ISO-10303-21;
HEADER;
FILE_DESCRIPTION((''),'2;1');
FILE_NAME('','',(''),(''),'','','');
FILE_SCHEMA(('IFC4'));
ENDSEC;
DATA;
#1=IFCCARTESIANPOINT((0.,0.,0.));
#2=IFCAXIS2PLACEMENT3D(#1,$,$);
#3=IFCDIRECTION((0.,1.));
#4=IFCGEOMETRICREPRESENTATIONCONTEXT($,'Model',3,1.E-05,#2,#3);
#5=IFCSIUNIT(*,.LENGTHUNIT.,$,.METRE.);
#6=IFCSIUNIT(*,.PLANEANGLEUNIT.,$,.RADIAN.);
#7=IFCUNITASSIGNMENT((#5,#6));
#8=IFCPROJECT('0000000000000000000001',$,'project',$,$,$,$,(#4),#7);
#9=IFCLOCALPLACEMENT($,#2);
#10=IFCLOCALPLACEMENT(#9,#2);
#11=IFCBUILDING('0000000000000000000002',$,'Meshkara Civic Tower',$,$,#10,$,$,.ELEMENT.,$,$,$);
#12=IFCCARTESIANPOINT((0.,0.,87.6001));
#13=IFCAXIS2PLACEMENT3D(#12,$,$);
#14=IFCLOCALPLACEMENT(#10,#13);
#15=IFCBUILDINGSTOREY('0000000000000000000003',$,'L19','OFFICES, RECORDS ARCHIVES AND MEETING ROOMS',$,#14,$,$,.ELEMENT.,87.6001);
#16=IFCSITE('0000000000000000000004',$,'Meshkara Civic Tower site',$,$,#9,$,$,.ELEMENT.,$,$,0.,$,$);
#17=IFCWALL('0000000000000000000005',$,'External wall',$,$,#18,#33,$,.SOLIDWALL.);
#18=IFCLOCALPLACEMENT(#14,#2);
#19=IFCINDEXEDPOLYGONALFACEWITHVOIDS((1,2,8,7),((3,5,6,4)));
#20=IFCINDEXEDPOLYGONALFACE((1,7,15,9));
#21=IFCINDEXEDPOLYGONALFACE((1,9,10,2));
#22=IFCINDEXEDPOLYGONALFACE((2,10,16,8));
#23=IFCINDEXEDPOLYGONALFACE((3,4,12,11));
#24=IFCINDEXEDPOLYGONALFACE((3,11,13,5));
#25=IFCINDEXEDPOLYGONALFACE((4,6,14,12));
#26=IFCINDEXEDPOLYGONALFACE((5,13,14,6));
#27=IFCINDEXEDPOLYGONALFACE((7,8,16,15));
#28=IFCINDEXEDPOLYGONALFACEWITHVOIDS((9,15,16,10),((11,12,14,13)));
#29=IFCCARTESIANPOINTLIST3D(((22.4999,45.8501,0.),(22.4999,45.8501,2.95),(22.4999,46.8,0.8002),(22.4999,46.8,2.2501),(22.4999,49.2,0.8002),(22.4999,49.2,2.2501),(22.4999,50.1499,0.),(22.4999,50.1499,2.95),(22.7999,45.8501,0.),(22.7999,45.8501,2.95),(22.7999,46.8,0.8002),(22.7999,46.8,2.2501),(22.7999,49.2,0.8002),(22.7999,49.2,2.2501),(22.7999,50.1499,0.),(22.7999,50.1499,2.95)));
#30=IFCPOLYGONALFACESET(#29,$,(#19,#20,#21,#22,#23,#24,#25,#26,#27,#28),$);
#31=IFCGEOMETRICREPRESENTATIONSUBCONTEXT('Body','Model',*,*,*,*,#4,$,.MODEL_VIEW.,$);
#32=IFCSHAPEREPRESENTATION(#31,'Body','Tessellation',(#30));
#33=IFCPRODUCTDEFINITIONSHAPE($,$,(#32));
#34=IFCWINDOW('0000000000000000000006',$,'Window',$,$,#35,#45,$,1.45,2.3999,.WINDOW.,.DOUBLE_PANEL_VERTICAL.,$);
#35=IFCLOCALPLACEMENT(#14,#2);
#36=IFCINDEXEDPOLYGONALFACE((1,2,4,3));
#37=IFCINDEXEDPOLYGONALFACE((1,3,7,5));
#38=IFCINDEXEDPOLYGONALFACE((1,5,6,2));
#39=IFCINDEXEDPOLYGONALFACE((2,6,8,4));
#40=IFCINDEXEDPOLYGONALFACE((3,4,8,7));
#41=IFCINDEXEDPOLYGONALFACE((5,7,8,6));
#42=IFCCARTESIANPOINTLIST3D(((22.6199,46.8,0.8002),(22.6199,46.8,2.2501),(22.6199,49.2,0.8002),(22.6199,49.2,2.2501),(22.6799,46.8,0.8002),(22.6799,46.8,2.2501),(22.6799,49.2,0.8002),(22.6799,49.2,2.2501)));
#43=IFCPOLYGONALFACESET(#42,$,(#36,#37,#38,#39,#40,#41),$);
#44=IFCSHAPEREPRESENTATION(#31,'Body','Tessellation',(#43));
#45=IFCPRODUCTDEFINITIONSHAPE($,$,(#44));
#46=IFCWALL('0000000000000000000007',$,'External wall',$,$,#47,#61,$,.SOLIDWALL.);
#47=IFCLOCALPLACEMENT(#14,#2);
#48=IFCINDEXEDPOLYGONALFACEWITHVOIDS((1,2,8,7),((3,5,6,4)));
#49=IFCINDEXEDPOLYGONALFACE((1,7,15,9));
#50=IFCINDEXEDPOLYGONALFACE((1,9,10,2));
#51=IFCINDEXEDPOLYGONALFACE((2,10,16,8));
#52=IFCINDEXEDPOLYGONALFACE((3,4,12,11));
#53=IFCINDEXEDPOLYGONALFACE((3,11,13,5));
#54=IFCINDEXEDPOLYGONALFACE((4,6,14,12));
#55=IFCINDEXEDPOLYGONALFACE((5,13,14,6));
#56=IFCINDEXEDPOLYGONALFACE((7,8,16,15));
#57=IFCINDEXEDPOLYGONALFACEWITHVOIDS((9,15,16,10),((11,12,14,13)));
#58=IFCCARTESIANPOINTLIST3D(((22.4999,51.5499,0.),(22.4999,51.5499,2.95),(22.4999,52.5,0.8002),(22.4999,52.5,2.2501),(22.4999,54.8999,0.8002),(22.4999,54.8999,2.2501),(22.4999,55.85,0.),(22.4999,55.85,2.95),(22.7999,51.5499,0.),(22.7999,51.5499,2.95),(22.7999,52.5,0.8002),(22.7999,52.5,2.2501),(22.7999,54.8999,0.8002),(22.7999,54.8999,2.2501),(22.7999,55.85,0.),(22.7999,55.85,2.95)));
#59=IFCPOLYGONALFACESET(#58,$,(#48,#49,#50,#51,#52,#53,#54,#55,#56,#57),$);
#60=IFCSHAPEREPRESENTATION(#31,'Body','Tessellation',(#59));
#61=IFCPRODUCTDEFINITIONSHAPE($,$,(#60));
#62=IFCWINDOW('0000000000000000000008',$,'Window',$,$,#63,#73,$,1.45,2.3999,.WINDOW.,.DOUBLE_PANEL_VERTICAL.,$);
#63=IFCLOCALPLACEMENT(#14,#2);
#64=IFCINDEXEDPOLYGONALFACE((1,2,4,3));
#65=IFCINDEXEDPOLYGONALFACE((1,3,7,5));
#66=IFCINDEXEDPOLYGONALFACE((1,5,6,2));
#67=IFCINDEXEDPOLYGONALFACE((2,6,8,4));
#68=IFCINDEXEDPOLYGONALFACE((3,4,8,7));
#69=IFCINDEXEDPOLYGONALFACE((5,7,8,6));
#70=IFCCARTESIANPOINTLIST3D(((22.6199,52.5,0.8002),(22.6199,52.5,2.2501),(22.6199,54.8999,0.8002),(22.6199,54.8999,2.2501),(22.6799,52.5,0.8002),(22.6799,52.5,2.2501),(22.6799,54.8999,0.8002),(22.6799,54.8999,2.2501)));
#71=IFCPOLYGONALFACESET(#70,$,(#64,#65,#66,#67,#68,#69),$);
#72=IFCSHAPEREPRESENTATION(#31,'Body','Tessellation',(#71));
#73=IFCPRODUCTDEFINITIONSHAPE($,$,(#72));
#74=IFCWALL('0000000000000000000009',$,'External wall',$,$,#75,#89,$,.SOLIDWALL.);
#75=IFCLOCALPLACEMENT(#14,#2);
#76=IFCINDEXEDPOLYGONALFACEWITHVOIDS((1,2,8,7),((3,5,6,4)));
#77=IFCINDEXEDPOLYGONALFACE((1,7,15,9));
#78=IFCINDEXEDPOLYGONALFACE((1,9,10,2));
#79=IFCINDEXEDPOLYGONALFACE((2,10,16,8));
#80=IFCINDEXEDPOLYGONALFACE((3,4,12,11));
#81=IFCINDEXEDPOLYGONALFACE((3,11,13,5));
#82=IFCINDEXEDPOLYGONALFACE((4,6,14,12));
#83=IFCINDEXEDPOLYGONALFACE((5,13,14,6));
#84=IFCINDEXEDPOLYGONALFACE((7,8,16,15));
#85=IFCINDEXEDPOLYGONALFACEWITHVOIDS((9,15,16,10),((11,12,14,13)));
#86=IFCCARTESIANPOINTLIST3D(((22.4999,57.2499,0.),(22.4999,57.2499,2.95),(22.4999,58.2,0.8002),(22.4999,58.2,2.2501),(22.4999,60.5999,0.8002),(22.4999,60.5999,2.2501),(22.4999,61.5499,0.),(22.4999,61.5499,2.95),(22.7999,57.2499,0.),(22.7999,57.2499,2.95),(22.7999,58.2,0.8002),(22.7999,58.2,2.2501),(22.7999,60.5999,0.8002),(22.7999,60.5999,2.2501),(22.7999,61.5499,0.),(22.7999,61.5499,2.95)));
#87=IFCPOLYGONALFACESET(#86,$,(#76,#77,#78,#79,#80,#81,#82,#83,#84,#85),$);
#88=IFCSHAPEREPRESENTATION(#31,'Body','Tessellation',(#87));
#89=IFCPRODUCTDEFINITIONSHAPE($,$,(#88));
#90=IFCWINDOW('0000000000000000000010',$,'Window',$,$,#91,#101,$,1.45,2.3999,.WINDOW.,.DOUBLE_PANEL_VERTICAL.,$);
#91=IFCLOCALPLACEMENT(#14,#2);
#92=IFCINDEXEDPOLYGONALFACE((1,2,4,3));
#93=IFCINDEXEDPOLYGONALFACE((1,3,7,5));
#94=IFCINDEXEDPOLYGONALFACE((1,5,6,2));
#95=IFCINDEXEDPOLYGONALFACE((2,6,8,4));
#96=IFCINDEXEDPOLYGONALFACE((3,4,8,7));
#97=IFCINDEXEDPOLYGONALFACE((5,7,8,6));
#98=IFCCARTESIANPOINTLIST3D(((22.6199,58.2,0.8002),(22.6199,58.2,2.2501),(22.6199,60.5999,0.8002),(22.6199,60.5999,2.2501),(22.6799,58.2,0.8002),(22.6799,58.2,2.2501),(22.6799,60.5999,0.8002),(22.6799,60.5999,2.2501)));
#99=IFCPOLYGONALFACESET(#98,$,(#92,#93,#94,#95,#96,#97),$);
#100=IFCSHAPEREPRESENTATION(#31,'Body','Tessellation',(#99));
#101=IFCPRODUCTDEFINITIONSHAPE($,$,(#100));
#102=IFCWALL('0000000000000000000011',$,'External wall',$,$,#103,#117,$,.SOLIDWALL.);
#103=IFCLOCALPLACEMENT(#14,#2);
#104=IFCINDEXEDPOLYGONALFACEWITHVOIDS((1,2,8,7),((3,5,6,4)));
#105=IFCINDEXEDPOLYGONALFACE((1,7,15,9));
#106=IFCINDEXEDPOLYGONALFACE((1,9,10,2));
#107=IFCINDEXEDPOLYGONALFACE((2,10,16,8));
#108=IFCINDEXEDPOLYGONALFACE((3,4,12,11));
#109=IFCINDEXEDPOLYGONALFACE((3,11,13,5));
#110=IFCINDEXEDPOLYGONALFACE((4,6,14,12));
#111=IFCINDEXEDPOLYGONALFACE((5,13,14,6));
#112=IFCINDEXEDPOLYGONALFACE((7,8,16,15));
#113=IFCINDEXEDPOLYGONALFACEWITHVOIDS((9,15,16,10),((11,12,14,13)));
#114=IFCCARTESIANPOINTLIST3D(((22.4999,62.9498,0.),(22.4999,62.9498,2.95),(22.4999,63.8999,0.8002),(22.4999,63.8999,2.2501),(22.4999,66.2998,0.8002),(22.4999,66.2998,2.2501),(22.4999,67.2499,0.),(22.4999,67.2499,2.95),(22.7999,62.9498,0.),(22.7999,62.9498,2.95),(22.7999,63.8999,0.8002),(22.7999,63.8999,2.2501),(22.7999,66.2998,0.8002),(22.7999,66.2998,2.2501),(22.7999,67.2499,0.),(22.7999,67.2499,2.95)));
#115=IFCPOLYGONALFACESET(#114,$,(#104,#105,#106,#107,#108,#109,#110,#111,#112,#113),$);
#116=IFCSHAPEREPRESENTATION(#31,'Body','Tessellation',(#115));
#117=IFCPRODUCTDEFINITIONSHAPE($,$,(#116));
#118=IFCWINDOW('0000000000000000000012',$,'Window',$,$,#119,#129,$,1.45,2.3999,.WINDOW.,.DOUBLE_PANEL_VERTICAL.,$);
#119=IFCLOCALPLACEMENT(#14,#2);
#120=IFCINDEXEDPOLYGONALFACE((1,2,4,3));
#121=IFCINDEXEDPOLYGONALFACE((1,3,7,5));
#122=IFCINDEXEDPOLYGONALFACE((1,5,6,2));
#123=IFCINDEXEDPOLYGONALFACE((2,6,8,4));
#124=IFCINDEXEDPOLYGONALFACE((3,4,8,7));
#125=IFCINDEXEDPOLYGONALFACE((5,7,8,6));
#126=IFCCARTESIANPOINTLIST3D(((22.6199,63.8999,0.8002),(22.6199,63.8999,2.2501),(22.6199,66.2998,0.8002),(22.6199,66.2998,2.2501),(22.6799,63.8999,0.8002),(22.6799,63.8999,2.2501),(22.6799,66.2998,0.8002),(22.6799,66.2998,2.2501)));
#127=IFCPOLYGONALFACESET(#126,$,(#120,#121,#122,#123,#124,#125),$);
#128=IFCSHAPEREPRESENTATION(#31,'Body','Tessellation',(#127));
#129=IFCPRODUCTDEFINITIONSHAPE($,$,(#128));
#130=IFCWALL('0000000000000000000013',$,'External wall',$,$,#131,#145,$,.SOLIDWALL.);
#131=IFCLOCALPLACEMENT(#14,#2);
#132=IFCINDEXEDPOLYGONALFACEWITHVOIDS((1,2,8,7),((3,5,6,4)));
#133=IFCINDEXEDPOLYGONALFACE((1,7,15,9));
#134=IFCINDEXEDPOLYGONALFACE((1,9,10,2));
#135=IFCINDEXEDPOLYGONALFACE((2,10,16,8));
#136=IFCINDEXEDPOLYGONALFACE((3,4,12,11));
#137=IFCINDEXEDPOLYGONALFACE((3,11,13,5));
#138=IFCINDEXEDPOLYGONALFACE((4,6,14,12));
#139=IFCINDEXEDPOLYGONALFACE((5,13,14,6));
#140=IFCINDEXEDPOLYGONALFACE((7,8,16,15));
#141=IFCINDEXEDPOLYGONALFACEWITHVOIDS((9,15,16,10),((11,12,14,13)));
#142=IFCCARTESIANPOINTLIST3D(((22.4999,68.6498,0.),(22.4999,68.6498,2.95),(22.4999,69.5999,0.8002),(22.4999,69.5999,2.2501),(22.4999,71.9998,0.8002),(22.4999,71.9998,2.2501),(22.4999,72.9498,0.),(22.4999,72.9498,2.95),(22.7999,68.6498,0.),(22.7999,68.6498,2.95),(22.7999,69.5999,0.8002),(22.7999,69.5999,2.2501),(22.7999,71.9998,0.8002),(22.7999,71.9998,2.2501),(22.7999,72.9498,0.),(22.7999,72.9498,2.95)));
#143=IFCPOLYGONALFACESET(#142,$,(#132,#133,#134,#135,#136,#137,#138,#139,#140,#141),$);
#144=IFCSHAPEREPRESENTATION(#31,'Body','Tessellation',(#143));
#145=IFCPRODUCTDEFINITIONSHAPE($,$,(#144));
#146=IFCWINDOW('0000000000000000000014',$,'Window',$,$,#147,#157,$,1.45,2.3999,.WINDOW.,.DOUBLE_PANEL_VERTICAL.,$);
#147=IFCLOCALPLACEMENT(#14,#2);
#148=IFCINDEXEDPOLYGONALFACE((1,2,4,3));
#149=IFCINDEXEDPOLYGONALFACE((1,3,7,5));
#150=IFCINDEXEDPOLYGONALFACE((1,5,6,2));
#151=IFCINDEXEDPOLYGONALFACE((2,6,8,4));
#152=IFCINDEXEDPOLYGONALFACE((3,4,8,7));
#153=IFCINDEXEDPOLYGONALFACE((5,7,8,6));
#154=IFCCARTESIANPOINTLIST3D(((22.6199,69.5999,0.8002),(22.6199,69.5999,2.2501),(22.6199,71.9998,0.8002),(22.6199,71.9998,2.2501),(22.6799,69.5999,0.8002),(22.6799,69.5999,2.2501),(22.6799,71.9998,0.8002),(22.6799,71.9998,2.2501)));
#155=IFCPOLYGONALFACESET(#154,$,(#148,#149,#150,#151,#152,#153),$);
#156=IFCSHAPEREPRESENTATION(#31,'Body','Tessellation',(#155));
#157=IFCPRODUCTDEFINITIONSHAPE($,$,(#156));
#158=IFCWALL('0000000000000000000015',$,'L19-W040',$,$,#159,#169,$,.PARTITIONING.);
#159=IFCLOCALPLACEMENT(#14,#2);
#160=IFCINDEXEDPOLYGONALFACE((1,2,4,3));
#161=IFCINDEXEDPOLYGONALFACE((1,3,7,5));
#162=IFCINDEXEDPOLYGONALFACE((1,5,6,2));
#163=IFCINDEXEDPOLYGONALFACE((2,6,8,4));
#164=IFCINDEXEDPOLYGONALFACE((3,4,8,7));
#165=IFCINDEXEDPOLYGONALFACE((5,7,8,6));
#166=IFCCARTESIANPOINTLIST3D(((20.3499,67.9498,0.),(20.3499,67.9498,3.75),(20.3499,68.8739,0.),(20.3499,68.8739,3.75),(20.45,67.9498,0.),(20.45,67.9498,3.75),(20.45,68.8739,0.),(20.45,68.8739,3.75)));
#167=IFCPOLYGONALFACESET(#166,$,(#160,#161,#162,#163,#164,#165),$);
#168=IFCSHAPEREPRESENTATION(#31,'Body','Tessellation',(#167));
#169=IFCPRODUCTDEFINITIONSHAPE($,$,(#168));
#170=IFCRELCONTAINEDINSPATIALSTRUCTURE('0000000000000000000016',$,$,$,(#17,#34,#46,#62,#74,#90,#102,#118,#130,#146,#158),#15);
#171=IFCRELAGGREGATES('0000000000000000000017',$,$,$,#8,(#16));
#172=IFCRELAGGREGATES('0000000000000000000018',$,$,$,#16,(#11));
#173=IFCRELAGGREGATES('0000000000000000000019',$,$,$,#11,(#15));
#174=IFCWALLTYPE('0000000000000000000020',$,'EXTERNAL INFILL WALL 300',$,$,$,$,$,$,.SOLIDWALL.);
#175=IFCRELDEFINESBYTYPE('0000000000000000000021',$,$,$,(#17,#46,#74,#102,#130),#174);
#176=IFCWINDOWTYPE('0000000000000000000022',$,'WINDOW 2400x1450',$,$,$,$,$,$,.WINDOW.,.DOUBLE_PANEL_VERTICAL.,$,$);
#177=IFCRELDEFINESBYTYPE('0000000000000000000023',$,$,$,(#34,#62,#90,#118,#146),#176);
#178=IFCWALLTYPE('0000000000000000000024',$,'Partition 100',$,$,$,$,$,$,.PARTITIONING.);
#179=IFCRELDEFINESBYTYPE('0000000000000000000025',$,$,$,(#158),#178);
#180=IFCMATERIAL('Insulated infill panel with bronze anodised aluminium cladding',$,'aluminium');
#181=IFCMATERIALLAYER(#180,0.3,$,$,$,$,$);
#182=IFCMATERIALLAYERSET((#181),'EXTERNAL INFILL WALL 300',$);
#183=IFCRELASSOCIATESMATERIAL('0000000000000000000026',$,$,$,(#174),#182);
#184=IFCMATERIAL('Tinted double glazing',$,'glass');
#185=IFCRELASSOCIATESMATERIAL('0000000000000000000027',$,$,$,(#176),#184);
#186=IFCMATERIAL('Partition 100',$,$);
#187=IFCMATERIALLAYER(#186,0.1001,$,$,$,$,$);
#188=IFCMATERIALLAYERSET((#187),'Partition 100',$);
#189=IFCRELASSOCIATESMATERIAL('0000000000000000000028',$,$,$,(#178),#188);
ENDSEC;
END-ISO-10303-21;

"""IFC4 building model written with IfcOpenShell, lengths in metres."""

from ifc_helpers import new_model, si_unit, direction, frame, frame_2d, origin, place, context, subcontext, project, spatial, rectangle, extrude, material, layer, layer_set, type_object, element, fill, save


model = new_model("IFC4")

# Units and contexts
model_context = context("Model", 3, precision=1e-05, world=origin(), true_north=direction((0.0, 1.0)))
body_context = subcontext(model_context, "Body", "Model", "MODEL_VIEW")
ifc_project = project(units=[si_unit("LENGTHUNIT", "METRE"), si_unit("PLANEANGLEUNIT", "RADIAN")], contexts=[model_context])

# Site, building, storey
site_placement = place(None, origin())
site = spatial("IfcSite", under=ifc_project, at=site_placement, Name="Meshkara Civic Tower site", CompositionType="ELEMENT", RefElevation=0.0)
building_placement = place(site_placement, origin())
building = spatial("IfcBuilding", under=site, at=building_placement, Name="Meshkara Civic Tower", CompositionType="ELEMENT")
storey_placement = place(building_placement, frame((0.0, 0.0, 87.6001)))
storey = spatial("IfcBuildingStorey", under=building, at=storey_placement, Name="L19", Description="OFFICES, RECORDS ARCHIVES AND MEETING ROOMS", CompositionType="ELEMENT", Elevation=87.6001)

# Walls, openings, windows
ifc_material_1 = material(Name="Insulated infill panel with bronze anodised aluminium cladding", Category="aluminium")
ifc_layer_1 = layer(ifc_material_1, 0.3)
ifc_layer_set_1 = layer_set([ifc_layer_1], Name="EXTERNAL INFILL WALL 300")
wall_type_1 = type_object("IfcWallType", Name="EXTERNAL INFILL WALL 300", PredefinedType="SOLIDWALL", material=ifc_layer_set_1)
wall_1_placement = place(storey_placement, frame((22.6499, 45.8501, 0.0), z_axis=(0.0, 0.0, 1.0), x_axis=(0.0, 1.0, 0.0)))
wall_1 = element("IfcWall", 1, at=wall_1_placement, inside=storey, type_object=wall_type_1, Name="External wall", PredefinedType="SOLIDWALL", context=body_context, shape_type="SweptSolid", body=[
    extrude(rectangle(XDim=4.2998, YDim=0.3, at=frame_2d((2.1499, 0.0))), origin(), (0.0, 0.0, 1.0), 2.95),
])
opening_1_placement = place(wall_1_placement, frame((0.95, 0.0, 0.8)))
opening_1 = element("IfcOpeningElement", 2, at=opening_1_placement, cuts=wall_1, PredefinedType="OPENING", context=body_context, shape_type="SweptSolid", body=[
    extrude(rectangle(XDim=2.3999, YDim=1.45, at=frame_2d((1.2, 0.7251))), frame((0.0, 0.1599, 0.0), z_axis=(0.0, -1.0, 0.0), x_axis=(1.0, 0.0, 0.0)), (0.0, 0.0, 1.0), 0.3201),
])
ifc_material_2 = material(Name="Tinted double glazing", Category="glass")
window_type = type_object("IfcWindowType", Name="WINDOW 2400x1450", PartitioningType="DOUBLE_PANEL_VERTICAL", PredefinedType="WINDOW", material=ifc_material_2)
window_1_placement = place(opening_1_placement, origin())
window_1 = element("IfcWindow", 3, at=window_1_placement, inside=storey, type_object=window_type, Name="Window", OverallHeight=1.45, OverallWidth=2.3999, PartitioningType="DOUBLE_PANEL_VERTICAL", PredefinedType="WINDOW", context=body_context, shape_type="SweptSolid", body=[
    extrude(rectangle(XDim=2.3999, YDim=1.45, at=frame_2d((1.2, 0.7251))), frame((0.0, 0.03, 0.0), z_axis=(0.0, -1.0, 0.0), x_axis=(1.0, 0.0, 0.0)), (0.0, 0.0, 1.0), 0.0601),
])
fill(opening_1, window_1)
wall_2_placement = place(storey_placement, frame((22.6499, 51.55, 0.0), z_axis=(0.0, 0.0, 1.0), x_axis=(0.0, 1.0, 0.0)))
wall_2 = element("IfcWall", 4, at=wall_2_placement, inside=storey, type_object=wall_type_1, Name="External wall", PredefinedType="SOLIDWALL", context=body_context, shape_type="SweptSolid", body=[
    extrude(rectangle(XDim=4.3, YDim=0.3, at=frame_2d((2.1499, 0.0))), origin(), (0.0, 0.0, 1.0), 2.95),
])
opening_2_placement = place(wall_2_placement, frame((0.95, 0.0, 0.8)))
opening_2 = element("IfcOpeningElement", 5, at=opening_2_placement, cuts=wall_2, PredefinedType="OPENING", context=body_context, shape_type="SweptSolid", body=[
    extrude(rectangle(XDim=2.3999, YDim=1.45, at=frame_2d((1.2, 0.7251))), frame((0.0, 0.1599, 0.0), z_axis=(0.0, -1.0, 0.0), x_axis=(1.0, 0.0, 0.0)), (0.0, 0.0, 1.0), 0.3201),
])
window_2_placement = place(opening_2_placement, origin())
window_2 = element("IfcWindow", 6, at=window_2_placement, inside=storey, type_object=window_type, Name="Window", OverallHeight=1.45, OverallWidth=2.3999, PartitioningType="DOUBLE_PANEL_VERTICAL", PredefinedType="WINDOW", context=body_context, shape_type="SweptSolid", body=[
    extrude(rectangle(XDim=2.3999, YDim=1.45, at=frame_2d((1.2, 0.7251))), frame((0.0, 0.03, 0.0), z_axis=(0.0, -1.0, 0.0), x_axis=(1.0, 0.0, 0.0)), (0.0, 0.0, 1.0), 0.0601),
])
fill(opening_2, window_2)
wall_3_placement = place(storey_placement, frame((22.6499, 57.25, 0.0), z_axis=(0.0, 0.0, 1.0), x_axis=(0.0, 1.0, 0.0)))
wall_3 = element("IfcWall", 7, at=wall_3_placement, inside=storey, type_object=wall_type_1, Name="External wall", PredefinedType="SOLIDWALL", context=body_context, shape_type="SweptSolid", body=[
    extrude(rectangle(XDim=4.3, YDim=0.3, at=frame_2d((2.1499, 0.0))), origin(), (0.0, 0.0, 1.0), 2.95),
])
opening_3_placement = place(wall_3_placement, frame((0.95, 0.0, 0.8)))
opening_3 = element("IfcOpeningElement", 8, at=opening_3_placement, cuts=wall_3, PredefinedType="OPENING", context=body_context, shape_type="SweptSolid", body=[
    extrude(rectangle(XDim=2.3999, YDim=1.45, at=frame_2d((1.2, 0.7251))), frame((0.0, 0.1599, 0.0), z_axis=(0.0, -1.0, 0.0), x_axis=(1.0, 0.0, 0.0)), (0.0, 0.0, 1.0), 0.3201),
])
window_3_placement = place(opening_3_placement, origin())
window_3 = element("IfcWindow", 9, at=window_3_placement, inside=storey, type_object=window_type, Name="Window", OverallHeight=1.45, OverallWidth=2.3999, PartitioningType="DOUBLE_PANEL_VERTICAL", PredefinedType="WINDOW", context=body_context, shape_type="SweptSolid", body=[
    extrude(rectangle(XDim=2.3999, YDim=1.45, at=frame_2d((1.2, 0.7251))), frame((0.0, 0.03, 0.0), z_axis=(0.0, -1.0, 0.0), x_axis=(1.0, 0.0, 0.0)), (0.0, 0.0, 1.0), 0.0601),
])
fill(opening_3, window_3)
wall_4_placement = place(storey_placement, frame((22.6499, 62.95, 0.0), z_axis=(0.0, 0.0, 1.0), x_axis=(0.0, 1.0, 0.0)))
wall_4 = element("IfcWall", 10, at=wall_4_placement, inside=storey, type_object=wall_type_1, Name="External wall", PredefinedType="SOLIDWALL", context=body_context, shape_type="SweptSolid", body=[
    extrude(rectangle(XDim=4.3, YDim=0.3, at=frame_2d((2.1499, 0.0))), origin(), (0.0, 0.0, 1.0), 2.95),
])
opening_4_placement = place(wall_4_placement, frame((0.95, 0.0, 0.8)))
opening_4 = element("IfcOpeningElement", 11, at=opening_4_placement, cuts=wall_4, PredefinedType="OPENING", context=body_context, shape_type="SweptSolid", body=[
    extrude(rectangle(XDim=2.3999, YDim=1.45, at=frame_2d((1.2, 0.7251))), frame((0.0, 0.1599, 0.0), z_axis=(0.0, -1.0, 0.0), x_axis=(1.0, 0.0, 0.0)), (0.0, 0.0, 1.0), 0.3201),
])
window_4_placement = place(opening_4_placement, origin())
window_4 = element("IfcWindow", 12, at=window_4_placement, inside=storey, type_object=window_type, Name="Window", OverallHeight=1.45, OverallWidth=2.3999, PartitioningType="DOUBLE_PANEL_VERTICAL", PredefinedType="WINDOW", context=body_context, shape_type="SweptSolid", body=[
    extrude(rectangle(XDim=2.3999, YDim=1.45, at=frame_2d((1.2, 0.7251))), frame((0.0, 0.03, 0.0), z_axis=(0.0, -1.0, 0.0), x_axis=(1.0, 0.0, 0.0)), (0.0, 0.0, 1.0), 0.0601),
])
fill(opening_4, window_4)
wall_5_placement = place(storey_placement, frame((22.6499, 68.6499, 0.0), z_axis=(0.0, 0.0, 1.0), x_axis=(0.0, 1.0, 0.0)))
wall_5 = element("IfcWall", 13, at=wall_5_placement, inside=storey, type_object=wall_type_1, Name="External wall", PredefinedType="SOLIDWALL", context=body_context, shape_type="SweptSolid", body=[
    extrude(rectangle(XDim=4.3, YDim=0.3, at=frame_2d((2.1499, 0.0))), origin(), (0.0, 0.0, 1.0), 2.95),
])
opening_5_placement = place(wall_5_placement, frame((0.95, 0.0, 0.8)))
opening_5 = element("IfcOpeningElement", 14, at=opening_5_placement, cuts=wall_5, PredefinedType="OPENING", context=body_context, shape_type="SweptSolid", body=[
    extrude(rectangle(XDim=2.3999, YDim=1.45, at=frame_2d((1.2, 0.7251))), frame((0.0, 0.1599, 0.0), z_axis=(0.0, -1.0, 0.0), x_axis=(1.0, 0.0, 0.0)), (0.0, 0.0, 1.0), 0.3201),
])
window_5_placement = place(opening_5_placement, origin())
window_5 = element("IfcWindow", 15, at=window_5_placement, inside=storey, type_object=window_type, Name="Window", OverallHeight=1.45, OverallWidth=2.3999, PartitioningType="DOUBLE_PANEL_VERTICAL", PredefinedType="WINDOW", context=body_context, shape_type="SweptSolid", body=[
    extrude(rectangle(XDim=2.3999, YDim=1.45, at=frame_2d((1.2, 0.7251))), frame((0.0, 0.03, 0.0), z_axis=(0.0, -1.0, 0.0), x_axis=(1.0, 0.0, 0.0)), (0.0, 0.0, 1.0), 0.0601),
])
fill(opening_5, window_5)

# Wall
ifc_material_3 = material(Name="Partition 100")
ifc_layer_2 = layer(ifc_material_3, 0.1001)
ifc_layer_set_2 = layer_set([ifc_layer_2], Name="Partition 100")
wall_type_2 = type_object("IfcWallType", Name="Partition 100", PredefinedType="PARTITIONING", material=ifc_layer_set_2)
wall_6_placement = place(storey_placement, frame((20.3999, 67.95, 0.0), z_axis=(0.0, 0.0, 1.0), x_axis=(0.0, 1.0, 0.0)))
element("IfcWall", 16, at=wall_6_placement, inside=storey, type_object=wall_type_2, Name="L19-W040", PredefinedType="PARTITIONING", context=body_context, shape_type="SweptSolid", body=[
    extrude(rectangle(XDim=0.9241, YDim=0.1001, at=frame_2d((0.4619, 0.0))), origin(), (0.0, 0.0, 1.0), 3.75),
])

save(model, "model.ifc")
